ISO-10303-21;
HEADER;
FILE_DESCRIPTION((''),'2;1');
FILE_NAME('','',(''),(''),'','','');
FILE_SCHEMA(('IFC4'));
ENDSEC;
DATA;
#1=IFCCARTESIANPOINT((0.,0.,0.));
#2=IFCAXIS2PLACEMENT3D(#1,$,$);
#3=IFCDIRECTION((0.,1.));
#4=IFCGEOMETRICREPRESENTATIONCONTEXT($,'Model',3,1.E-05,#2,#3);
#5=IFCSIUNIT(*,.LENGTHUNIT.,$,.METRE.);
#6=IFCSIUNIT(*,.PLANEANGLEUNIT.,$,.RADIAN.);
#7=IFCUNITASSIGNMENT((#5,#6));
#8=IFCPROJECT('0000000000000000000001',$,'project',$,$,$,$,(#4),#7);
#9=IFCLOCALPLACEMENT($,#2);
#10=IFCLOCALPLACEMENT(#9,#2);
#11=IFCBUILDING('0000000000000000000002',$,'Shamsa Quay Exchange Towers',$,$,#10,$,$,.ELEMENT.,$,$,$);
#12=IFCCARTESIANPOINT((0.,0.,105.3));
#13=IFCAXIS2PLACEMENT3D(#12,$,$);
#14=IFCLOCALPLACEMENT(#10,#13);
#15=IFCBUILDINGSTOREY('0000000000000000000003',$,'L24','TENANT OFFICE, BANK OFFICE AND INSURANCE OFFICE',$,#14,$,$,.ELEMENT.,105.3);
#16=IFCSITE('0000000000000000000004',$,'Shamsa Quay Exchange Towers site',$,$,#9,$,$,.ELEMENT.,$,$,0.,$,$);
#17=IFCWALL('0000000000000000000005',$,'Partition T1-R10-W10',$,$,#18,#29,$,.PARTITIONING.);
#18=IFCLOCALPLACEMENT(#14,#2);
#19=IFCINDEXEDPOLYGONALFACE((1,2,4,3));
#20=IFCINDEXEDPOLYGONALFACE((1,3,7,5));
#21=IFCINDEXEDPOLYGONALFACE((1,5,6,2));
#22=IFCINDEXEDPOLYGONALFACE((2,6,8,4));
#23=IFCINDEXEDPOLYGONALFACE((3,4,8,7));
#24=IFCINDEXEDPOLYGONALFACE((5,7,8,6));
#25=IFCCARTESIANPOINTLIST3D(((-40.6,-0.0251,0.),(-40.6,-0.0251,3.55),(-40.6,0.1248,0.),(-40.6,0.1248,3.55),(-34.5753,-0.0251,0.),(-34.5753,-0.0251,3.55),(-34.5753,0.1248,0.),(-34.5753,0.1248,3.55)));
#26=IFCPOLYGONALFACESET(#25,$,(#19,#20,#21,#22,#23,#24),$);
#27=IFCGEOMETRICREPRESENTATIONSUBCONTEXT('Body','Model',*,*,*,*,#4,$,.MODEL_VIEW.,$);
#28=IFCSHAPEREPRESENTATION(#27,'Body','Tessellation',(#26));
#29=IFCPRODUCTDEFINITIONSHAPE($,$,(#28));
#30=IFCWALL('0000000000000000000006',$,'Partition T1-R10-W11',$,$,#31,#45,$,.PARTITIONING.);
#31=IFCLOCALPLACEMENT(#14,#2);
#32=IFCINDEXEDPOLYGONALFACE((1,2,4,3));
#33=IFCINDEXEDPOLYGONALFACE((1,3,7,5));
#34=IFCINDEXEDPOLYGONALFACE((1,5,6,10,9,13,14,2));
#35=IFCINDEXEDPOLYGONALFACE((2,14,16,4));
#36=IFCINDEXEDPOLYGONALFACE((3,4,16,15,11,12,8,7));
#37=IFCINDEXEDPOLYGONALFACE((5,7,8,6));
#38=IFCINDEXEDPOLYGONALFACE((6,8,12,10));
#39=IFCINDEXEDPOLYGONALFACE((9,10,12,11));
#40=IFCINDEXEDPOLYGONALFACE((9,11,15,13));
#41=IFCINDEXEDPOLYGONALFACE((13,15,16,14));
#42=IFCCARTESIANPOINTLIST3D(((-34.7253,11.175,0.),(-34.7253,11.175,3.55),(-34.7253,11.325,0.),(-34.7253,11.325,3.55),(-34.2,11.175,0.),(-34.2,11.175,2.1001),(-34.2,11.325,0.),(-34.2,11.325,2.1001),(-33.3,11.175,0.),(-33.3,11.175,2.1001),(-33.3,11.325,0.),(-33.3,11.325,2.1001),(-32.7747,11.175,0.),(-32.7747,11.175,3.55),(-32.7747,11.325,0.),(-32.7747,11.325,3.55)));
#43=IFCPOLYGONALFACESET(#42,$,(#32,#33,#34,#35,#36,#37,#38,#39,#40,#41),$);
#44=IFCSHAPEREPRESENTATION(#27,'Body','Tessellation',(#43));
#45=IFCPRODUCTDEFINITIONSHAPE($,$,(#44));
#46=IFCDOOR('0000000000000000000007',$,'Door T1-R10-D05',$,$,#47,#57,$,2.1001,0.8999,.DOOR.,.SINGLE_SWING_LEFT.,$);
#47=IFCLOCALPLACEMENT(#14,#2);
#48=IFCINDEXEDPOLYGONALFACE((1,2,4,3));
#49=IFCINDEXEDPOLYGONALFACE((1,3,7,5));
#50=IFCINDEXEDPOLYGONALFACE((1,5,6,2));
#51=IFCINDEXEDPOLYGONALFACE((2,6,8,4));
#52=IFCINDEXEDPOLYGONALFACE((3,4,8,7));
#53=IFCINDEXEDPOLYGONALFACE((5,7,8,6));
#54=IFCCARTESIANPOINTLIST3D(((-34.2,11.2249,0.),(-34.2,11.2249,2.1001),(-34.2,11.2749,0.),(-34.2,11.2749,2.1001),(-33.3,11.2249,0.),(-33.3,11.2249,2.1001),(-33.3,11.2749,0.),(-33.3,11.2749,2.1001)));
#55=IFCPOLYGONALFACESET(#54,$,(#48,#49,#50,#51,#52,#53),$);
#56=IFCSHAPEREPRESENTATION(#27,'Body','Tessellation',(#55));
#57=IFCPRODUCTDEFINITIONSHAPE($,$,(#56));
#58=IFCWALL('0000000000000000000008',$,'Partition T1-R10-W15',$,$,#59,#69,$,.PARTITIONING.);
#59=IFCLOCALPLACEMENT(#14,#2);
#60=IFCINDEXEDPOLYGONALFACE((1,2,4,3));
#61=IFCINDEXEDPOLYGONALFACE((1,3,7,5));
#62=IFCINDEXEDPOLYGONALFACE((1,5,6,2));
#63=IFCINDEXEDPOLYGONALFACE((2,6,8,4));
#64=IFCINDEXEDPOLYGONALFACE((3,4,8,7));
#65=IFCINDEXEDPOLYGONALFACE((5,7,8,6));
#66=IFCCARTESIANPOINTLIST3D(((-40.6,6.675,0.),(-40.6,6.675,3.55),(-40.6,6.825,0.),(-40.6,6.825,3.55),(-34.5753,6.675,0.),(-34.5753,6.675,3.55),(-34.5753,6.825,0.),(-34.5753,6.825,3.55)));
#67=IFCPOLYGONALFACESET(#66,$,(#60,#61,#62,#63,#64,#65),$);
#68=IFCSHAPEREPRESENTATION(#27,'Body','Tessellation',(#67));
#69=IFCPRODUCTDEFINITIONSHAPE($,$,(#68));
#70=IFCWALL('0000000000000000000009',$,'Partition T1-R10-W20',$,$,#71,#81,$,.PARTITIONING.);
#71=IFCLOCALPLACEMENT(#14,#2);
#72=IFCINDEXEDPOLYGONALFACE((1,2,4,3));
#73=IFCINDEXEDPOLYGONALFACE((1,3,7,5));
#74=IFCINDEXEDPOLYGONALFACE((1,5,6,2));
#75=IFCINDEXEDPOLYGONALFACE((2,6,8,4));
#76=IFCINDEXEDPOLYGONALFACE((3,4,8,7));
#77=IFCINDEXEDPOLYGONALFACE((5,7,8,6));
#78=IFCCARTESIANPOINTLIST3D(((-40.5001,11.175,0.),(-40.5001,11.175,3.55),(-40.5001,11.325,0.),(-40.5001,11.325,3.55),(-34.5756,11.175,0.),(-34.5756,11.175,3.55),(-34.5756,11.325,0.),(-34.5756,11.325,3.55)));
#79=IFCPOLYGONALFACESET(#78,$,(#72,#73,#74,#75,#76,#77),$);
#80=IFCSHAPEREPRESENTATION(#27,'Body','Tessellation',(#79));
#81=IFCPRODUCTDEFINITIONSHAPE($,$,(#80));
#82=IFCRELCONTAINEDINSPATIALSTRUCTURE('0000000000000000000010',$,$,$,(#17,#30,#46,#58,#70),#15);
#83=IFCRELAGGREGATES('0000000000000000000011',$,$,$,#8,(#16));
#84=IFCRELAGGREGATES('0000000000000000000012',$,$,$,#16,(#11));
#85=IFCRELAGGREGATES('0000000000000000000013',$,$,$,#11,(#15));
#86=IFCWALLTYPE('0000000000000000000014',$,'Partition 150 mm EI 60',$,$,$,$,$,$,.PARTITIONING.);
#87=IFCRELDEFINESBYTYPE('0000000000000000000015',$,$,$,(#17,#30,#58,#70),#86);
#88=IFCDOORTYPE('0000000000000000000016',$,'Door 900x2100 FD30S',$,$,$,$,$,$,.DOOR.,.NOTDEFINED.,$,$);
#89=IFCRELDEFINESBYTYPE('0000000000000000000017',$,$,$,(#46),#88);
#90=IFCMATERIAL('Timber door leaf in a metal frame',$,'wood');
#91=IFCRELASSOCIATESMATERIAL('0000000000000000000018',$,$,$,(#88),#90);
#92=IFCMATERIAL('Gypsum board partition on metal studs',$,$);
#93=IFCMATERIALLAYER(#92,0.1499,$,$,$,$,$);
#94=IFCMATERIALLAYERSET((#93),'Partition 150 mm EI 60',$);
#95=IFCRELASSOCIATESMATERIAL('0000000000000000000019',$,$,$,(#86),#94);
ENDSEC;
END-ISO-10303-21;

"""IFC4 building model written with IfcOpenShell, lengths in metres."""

from ifc_helpers import new_model, si_unit, direction, frame, frame_2d, origin, place, context, subcontext, project, spatial, rectangle, extrude, material, layer, layer_set, type_object, element, fill, save


model = new_model("IFC4")

# Units and contexts
model_context = context("Model", 3, precision=1e-05, world=origin(), true_north=direction((0.0, 1.0)))
body_context = subcontext(model_context, "Body", "Model", "MODEL_VIEW")
ifc_project = project(units=[si_unit("LENGTHUNIT", "METRE"), si_unit("PLANEANGLEUNIT", "RADIAN")], contexts=[model_context])

# Site, building, storey
site_placement = place(None, origin())
site = spatial("IfcSite", under=ifc_project, at=site_placement, Name="Shamsa Quay Exchange Towers site", CompositionType="ELEMENT", RefElevation=0.0)
building_placement = place(site_placement, origin())
building = spatial("IfcBuilding", under=site, at=building_placement, Name="Shamsa Quay Exchange Towers", CompositionType="ELEMENT")
storey_placement = place(building_placement, frame((0.0, 0.0, 105.3)))
storey = spatial("IfcBuildingStorey", under=building, at=storey_placement, Name="L24", Description="TENANT OFFICE, BANK OFFICE AND INSURANCE OFFICE", CompositionType="ELEMENT", Elevation=105.3)

# Shared definitions
ifc_material_1 = material(Name="Timber door leaf in a metal frame", Category="wood")
door_type_1 = type_object("IfcDoorType", Name="Door 900x2100 FD30S", OperationType="NOTDEFINED", PredefinedType="DOOR", material=ifc_material_1)

# Shared definitions
ifc_material_2 = material(Name="Gypsum board partition on metal studs")
ifc_layer_1 = layer(ifc_material_2, 0.1499)
ifc_layer_set_1 = layer_set([ifc_layer_1], Name="Partition 150 mm EI 60")
wall_type_1 = type_object("IfcWallType", Name="Partition 150 mm EI 60", PredefinedType="PARTITIONING", material=ifc_layer_set_1)

# Wall
wall_1_placement = place(storey_placement, frame((-34.5754, 0.0498, 0.0), z_axis=(0.0, 0.0, 1.0), x_axis=(-1.0, 0.0, 0.0)))
element("IfcWall", 1, at=wall_1_placement, inside=storey, type_object=wall_type_1, Name="Partition T1-R10-W10", PredefinedType="PARTITIONING", context=body_context, shape_type="SweptSolid", body=[
    extrude(rectangle(XDim=6.0247, YDim=0.1499, at=frame_2d((3.0122, 0.0))), origin(), (0.0, 0.0, 1.0), 3.55),
])

# Wall, opening, door
wall_2_placement = place(storey_placement, frame((-34.7253, 11.25, 0.0)))
wall_2 = element("IfcWall", 2, at=wall_2_placement, inside=storey, type_object=wall_type_1, Name="Partition T1-R10-W11", PredefinedType="PARTITIONING", context=body_context, shape_type="SweptSolid", body=[
    extrude(rectangle(XDim=1.9507, YDim=0.1499, at=frame_2d((0.9753, 0.0))), origin(), (0.0, 0.0, 1.0), 3.55),
])
opening_1_placement = place(wall_2_placement, frame((0.5254, 0.0, 0.0)))
opening_1 = element("IfcOpeningElement", 3, at=opening_1_placement, cuts=wall_2, PredefinedType="OPENING", context=body_context, shape_type="SweptSolid", body=[
    extrude(rectangle(XDim=0.8999, YDim=2.1001, at=frame_2d((0.45, 1.05))), frame((0.0, 0.085, 0.0), z_axis=(0.0, -1.0, 0.0), x_axis=(1.0, 0.0, 0.0)), (0.0, 0.0, 1.0), 0.1699),
])
door_1_placement = place(opening_1_placement, origin())
door_1 = element("IfcDoor", 4, at=door_1_placement, inside=storey, type_object=door_type_1, Name="Door T1-R10-D05", OperationType="SINGLE_SWING_LEFT", OverallHeight=2.1001, OverallWidth=0.8999, PredefinedType="DOOR", context=body_context, shape_type="SweptSolid", body=[
    extrude(rectangle(XDim=0.8999, YDim=2.1001, at=frame_2d((0.45, 1.05))), frame((0.0, 0.0249, 0.0), z_axis=(0.0, -1.0, 0.0), x_axis=(1.0, 0.0, 0.0)), (0.0, 0.0, 1.0), 0.05),
])
fill(opening_1, door_1)

# Walls
wall_3_placement = place(storey_placement, frame((-34.5754, 6.75, 0.0), z_axis=(0.0, 0.0, 1.0), x_axis=(-1.0, 0.0, 0.0)))
element("IfcWall", 5, at=wall_3_placement, inside=storey, type_object=wall_type_1, Name="Partition T1-R10-W15", PredefinedType="PARTITIONING", context=body_context, shape_type="SweptSolid", body=[
    extrude(rectangle(XDim=6.0247, YDim=0.1499, at=frame_2d((3.0122, 0.0))), origin(), (0.0, 0.0, 1.0), 3.55),
])
wall_4_placement = place(storey_placement, frame((-34.5754, 11.25, 0.0), z_axis=(0.0, 0.0, 1.0), x_axis=(-1.0, 0.0, 0.0)))
element("IfcWall", 6, at=wall_4_placement, inside=storey, type_object=wall_type_1, Name="Partition T1-R10-W20", PredefinedType="PARTITIONING", context=body_context, shape_type="SweptSolid", body=[
    extrude(rectangle(XDim=5.9246, YDim=0.1499, at=frame_2d((2.9624, 0.0))), origin(), (0.0, 0.0, 1.0), 3.55),
])

save(model, "model.ifc")
